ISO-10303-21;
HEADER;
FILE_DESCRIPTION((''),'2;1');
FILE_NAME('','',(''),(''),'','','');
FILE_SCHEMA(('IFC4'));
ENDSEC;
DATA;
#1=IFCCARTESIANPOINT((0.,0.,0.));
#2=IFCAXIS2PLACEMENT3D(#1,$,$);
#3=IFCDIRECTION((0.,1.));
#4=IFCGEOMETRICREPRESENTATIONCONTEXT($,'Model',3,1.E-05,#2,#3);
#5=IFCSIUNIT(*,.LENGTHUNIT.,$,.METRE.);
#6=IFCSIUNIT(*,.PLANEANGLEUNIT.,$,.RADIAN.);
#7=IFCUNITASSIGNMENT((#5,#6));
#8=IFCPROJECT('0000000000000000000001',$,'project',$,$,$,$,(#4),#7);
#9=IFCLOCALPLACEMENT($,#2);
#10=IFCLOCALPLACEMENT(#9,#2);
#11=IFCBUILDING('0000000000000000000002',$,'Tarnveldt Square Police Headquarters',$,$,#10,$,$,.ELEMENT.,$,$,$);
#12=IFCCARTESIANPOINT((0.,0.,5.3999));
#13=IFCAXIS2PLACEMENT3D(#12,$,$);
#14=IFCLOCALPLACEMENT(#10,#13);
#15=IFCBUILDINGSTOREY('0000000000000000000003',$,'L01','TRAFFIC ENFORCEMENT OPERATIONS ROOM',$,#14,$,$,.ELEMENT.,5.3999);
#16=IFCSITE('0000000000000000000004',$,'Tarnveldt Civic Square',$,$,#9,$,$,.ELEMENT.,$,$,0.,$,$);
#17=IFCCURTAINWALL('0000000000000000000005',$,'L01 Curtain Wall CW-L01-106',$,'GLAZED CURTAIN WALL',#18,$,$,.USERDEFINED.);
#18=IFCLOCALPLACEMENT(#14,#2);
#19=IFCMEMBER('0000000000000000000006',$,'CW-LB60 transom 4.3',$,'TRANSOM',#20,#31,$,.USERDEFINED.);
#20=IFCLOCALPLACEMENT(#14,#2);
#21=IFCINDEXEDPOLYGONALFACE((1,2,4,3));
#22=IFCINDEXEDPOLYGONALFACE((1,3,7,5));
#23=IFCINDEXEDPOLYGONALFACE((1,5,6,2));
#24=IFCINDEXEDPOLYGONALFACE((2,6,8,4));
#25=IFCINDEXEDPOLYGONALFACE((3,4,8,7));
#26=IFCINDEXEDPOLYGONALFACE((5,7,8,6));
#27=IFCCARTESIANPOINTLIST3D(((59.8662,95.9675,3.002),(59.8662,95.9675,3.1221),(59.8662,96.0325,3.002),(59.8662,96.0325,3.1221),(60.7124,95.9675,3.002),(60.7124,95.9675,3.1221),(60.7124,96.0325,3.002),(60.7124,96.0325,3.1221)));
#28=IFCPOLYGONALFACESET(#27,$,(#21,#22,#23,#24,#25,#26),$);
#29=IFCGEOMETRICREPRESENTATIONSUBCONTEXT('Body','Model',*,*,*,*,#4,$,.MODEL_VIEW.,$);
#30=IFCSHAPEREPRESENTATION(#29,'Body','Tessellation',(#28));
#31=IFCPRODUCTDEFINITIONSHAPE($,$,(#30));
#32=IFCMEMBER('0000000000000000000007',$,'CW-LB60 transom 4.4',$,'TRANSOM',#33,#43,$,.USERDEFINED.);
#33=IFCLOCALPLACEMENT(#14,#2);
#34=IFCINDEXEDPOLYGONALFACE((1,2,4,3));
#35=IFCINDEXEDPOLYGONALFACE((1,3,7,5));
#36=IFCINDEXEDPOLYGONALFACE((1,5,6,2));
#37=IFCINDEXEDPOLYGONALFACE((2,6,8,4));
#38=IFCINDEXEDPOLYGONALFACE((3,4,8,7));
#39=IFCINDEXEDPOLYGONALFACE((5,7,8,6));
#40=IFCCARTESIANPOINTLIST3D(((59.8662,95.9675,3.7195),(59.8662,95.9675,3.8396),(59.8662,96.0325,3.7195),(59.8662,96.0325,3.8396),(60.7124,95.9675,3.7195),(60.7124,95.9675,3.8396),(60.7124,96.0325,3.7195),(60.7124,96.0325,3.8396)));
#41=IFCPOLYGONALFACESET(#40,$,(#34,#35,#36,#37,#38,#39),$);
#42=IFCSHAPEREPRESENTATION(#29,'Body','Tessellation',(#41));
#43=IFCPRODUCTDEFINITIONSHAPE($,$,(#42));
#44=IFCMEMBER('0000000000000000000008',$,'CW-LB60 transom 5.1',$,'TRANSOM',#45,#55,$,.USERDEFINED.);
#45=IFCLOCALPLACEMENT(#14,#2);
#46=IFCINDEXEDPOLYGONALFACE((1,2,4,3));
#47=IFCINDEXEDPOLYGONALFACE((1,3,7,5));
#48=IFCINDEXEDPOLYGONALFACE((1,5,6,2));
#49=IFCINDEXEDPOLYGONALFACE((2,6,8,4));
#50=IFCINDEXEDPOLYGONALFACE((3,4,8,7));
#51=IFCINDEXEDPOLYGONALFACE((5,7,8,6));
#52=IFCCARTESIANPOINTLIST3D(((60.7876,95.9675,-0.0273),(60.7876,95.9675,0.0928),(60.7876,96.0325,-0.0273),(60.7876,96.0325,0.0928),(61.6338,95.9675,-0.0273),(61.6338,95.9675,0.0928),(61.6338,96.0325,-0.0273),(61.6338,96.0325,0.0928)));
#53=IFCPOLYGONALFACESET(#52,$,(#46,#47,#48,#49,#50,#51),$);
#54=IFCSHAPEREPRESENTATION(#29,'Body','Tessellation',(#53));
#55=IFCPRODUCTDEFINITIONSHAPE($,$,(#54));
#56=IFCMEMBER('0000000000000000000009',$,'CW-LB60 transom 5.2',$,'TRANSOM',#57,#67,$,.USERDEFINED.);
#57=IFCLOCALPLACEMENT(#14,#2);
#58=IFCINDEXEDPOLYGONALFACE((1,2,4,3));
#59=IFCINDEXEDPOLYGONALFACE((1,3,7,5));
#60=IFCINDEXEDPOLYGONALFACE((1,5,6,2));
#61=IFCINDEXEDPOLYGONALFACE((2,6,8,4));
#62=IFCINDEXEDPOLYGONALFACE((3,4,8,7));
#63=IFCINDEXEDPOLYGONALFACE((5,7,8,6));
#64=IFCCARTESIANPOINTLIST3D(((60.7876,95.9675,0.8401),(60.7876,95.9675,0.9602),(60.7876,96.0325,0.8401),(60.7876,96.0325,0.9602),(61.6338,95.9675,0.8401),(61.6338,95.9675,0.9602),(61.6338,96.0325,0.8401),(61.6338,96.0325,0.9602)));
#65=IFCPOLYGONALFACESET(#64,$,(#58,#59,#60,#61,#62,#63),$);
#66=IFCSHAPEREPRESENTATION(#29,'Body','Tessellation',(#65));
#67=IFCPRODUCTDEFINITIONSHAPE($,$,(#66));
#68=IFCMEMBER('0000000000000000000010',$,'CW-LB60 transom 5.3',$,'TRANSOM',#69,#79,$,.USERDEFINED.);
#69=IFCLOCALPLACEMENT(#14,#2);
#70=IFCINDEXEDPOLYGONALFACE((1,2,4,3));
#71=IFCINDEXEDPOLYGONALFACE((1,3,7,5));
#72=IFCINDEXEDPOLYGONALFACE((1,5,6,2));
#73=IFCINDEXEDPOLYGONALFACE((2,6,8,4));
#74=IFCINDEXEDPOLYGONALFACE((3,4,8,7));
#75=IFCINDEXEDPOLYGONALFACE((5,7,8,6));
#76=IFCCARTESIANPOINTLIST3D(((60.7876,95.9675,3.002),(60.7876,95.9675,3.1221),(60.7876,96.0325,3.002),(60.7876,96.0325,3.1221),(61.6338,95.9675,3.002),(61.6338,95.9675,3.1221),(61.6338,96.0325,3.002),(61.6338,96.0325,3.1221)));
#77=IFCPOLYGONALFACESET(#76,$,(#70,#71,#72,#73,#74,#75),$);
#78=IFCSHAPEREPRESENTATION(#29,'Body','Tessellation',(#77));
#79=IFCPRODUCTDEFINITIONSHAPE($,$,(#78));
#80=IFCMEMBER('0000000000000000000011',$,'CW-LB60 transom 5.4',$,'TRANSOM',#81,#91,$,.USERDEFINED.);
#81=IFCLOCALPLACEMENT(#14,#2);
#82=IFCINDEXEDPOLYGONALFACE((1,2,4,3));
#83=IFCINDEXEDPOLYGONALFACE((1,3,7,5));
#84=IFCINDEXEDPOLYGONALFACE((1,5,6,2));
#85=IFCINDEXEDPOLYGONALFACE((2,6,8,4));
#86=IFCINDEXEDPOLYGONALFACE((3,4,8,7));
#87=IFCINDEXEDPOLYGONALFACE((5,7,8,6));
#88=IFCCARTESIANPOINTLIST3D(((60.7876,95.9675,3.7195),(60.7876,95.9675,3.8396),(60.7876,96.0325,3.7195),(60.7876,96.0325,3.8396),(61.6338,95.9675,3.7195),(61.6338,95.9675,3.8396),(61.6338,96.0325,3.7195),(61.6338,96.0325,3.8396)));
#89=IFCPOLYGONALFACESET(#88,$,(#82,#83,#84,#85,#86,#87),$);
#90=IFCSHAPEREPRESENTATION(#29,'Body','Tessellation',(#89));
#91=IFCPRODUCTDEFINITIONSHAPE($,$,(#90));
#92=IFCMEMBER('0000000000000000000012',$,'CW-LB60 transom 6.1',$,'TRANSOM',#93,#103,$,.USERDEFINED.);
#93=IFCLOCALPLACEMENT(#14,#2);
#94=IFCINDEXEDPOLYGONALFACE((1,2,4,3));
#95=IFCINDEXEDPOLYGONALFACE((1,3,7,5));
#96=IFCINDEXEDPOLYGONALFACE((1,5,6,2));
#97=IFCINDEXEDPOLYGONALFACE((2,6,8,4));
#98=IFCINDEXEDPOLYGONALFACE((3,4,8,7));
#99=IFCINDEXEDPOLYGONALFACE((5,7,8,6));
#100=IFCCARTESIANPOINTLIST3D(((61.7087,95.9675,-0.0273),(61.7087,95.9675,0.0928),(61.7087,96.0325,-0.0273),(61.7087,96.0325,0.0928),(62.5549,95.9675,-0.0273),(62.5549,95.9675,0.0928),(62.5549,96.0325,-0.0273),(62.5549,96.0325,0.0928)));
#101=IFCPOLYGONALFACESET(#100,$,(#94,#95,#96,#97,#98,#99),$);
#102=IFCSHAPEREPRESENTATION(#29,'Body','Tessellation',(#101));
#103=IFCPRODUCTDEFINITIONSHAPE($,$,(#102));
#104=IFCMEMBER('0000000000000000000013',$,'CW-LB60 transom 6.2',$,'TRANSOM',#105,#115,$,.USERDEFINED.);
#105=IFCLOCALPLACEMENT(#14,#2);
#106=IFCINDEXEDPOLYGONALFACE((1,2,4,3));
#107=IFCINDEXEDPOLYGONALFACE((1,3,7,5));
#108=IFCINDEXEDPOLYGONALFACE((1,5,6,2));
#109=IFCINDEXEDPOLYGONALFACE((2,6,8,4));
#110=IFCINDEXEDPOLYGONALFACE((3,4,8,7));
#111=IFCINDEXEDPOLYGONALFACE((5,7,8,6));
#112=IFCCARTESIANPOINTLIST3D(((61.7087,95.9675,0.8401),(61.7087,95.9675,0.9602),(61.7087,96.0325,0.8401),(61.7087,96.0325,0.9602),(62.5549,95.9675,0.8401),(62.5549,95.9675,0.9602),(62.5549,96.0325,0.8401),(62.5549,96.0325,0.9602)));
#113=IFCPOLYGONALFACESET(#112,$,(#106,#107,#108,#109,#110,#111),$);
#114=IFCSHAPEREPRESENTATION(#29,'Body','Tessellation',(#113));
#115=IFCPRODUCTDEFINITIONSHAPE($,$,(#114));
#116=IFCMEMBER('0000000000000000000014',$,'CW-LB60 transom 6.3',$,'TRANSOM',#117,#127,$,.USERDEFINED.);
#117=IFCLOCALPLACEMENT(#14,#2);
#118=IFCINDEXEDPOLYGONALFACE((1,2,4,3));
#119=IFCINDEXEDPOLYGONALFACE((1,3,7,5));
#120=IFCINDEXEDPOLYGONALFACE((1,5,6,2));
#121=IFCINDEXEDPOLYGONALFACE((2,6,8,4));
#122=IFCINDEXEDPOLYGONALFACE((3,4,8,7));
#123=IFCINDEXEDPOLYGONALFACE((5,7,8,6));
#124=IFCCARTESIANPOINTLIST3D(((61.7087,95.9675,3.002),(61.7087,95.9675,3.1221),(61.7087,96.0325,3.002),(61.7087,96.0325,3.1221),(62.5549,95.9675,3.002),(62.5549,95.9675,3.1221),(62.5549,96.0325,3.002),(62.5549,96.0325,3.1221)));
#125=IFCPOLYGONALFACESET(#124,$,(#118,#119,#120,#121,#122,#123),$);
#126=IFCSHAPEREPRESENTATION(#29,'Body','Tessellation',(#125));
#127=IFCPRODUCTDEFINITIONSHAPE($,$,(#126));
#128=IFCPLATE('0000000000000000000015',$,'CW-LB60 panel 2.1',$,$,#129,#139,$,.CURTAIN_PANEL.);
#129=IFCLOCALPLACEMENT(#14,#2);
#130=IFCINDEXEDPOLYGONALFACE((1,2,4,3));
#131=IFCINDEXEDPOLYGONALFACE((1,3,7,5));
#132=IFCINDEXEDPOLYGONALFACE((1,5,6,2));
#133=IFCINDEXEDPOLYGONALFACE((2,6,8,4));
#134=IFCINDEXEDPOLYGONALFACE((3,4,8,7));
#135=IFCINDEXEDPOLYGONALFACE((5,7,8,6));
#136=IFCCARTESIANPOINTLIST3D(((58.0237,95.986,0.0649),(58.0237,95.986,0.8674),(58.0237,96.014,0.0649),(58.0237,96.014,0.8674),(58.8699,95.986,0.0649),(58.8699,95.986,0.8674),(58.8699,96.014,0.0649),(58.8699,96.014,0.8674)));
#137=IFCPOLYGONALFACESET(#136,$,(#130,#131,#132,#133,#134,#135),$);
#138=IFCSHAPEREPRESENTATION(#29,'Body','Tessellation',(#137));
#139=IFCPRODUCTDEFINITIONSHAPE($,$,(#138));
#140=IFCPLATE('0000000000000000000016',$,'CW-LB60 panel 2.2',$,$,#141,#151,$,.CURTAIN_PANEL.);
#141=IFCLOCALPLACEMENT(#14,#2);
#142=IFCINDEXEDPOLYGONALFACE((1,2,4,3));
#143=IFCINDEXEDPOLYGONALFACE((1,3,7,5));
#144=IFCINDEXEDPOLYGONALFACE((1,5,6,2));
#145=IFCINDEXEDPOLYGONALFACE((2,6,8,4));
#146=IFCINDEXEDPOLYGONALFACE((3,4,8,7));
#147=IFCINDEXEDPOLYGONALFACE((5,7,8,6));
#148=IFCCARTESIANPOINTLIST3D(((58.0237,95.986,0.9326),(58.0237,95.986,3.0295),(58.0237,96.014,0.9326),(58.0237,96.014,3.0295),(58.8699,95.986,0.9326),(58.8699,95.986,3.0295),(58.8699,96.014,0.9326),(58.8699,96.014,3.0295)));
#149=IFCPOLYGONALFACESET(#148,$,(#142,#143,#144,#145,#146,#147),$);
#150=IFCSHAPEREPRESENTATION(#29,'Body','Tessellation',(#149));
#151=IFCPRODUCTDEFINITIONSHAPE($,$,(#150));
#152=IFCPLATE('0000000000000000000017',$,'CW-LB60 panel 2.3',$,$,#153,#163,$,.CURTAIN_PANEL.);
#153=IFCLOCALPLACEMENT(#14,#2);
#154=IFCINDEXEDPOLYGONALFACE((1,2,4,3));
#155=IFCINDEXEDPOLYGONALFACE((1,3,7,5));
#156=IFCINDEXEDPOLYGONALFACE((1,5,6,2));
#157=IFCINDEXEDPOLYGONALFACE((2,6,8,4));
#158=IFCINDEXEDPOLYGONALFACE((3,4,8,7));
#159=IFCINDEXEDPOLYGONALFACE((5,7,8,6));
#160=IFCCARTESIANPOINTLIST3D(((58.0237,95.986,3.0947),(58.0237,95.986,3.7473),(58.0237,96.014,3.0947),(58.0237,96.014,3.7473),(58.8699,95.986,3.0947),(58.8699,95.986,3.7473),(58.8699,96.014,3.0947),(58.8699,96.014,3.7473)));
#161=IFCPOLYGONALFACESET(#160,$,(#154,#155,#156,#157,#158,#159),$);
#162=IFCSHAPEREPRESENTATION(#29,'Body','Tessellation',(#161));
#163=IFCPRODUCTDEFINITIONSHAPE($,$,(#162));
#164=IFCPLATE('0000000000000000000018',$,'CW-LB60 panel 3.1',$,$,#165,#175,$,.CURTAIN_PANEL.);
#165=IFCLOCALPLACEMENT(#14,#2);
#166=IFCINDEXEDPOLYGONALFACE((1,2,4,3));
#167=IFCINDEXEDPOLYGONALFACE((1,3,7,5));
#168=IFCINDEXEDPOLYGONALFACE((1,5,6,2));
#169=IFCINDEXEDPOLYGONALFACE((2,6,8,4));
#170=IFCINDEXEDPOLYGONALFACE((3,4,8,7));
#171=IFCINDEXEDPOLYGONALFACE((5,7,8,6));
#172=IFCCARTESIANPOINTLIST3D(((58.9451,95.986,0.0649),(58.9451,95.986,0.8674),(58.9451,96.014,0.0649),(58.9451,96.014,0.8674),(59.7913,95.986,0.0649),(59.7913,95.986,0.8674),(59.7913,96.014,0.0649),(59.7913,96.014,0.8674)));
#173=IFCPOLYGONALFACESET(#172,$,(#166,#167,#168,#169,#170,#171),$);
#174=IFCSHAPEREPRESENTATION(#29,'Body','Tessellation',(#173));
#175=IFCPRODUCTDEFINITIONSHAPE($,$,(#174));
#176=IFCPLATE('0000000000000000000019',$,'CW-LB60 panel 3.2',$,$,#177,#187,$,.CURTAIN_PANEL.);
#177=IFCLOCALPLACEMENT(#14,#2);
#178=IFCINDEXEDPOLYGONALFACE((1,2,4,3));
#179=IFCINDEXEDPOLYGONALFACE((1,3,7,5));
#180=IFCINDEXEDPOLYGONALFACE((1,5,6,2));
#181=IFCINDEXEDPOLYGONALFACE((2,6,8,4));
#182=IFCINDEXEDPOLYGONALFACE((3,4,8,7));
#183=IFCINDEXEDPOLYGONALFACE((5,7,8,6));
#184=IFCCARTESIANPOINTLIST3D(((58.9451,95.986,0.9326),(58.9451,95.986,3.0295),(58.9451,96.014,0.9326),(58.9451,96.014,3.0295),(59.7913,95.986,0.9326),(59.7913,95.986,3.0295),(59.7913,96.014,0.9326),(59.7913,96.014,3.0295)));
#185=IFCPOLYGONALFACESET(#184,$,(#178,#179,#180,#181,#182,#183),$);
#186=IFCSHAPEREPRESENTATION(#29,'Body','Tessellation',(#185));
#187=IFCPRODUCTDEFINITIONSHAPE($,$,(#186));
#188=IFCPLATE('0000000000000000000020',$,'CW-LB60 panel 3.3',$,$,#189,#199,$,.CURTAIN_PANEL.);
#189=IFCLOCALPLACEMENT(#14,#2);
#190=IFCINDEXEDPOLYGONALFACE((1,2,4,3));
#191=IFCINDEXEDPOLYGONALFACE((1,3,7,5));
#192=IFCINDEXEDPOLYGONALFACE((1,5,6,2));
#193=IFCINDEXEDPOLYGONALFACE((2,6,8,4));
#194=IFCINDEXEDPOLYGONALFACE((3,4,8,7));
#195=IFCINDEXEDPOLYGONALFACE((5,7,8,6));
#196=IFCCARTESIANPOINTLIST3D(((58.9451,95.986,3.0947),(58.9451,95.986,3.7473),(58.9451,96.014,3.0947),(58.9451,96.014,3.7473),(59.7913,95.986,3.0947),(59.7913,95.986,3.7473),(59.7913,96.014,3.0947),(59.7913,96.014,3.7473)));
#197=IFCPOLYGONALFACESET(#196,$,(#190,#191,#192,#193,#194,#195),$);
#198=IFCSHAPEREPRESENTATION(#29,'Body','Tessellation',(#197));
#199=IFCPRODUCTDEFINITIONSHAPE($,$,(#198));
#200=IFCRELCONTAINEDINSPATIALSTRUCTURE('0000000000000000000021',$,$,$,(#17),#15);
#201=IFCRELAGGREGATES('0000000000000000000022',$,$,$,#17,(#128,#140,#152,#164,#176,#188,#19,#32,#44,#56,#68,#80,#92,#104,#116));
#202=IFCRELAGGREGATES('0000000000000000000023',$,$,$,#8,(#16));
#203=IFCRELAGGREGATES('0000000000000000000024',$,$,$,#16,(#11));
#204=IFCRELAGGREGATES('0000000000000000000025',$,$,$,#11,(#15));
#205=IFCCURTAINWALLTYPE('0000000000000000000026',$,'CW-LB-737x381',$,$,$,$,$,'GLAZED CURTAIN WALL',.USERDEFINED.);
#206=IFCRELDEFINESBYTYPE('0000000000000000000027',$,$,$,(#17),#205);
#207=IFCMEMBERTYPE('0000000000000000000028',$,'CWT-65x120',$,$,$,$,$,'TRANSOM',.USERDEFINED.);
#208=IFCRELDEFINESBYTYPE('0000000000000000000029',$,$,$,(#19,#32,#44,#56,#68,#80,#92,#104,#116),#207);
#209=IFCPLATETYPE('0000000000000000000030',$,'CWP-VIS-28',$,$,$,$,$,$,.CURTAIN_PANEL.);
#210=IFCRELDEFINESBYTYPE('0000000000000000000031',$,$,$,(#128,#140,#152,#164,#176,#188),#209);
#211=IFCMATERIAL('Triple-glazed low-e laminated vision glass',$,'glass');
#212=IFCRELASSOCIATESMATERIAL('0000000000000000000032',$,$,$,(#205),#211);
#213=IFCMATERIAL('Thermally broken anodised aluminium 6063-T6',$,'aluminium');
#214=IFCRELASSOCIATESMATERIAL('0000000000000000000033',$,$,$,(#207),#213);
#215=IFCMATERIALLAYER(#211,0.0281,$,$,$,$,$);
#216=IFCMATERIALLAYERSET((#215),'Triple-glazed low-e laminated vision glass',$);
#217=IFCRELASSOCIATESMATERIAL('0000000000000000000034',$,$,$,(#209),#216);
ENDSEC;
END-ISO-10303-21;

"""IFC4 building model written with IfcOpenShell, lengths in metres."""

from ifc_helpers import new_model, si_unit, direction, frame, origin, origin_2d, place, context, subcontext, project, spatial, rectangle, extrude, material, layer, layer_set, material_profile, profile_set, type_object, element, aggregate, save


model = new_model("IFC4")

# Units and contexts
model_context = context("Model", 3, precision=1e-05, world=origin(), true_north=direction((0.0, 1.0)))
body_context = subcontext(model_context, "Body", "Model", "MODEL_VIEW")
ifc_project = project(units=[si_unit("LENGTHUNIT", "METRE"), si_unit("PLANEANGLEUNIT", "RADIAN")], contexts=[model_context])

# Site, building, storey
site_placement = place(None, origin())
site = spatial("IfcSite", under=ifc_project, at=site_placement, Name="Tarnveldt Civic Square", CompositionType="ELEMENT", RefElevation=0.0)
building_placement = place(site_placement, origin())
building = spatial("IfcBuilding", under=site, at=building_placement, Name="Tarnveldt Square Police Headquarters", CompositionType="ELEMENT")
storey_placement = place(building_placement, frame((0.0, 0.0, 5.3999)))
storey = spatial("IfcBuildingStorey", under=building, at=storey_placement, Name="L01", Description="TRAFFIC ENFORCEMENT OPERATIONS ROOM", CompositionType="ELEMENT", Elevation=5.3999)

# Curtain wall, members, plates
ifc_material_1 = material(Name="Triple-glazed low-e laminated vision glass", Category="glass")
curtain_wall_type = type_object("IfcCurtainWallType", Name="CW-LB-737x381", ElementType="GLAZED CURTAIN WALL", PredefinedType="USERDEFINED", material=ifc_material_1)
curtain_wall_placement = place(storey_placement, origin())
curtain_wall = element("IfcCurtainWall", 1, at=curtain_wall_placement, inside=storey, type_object=curtain_wall_type, Name="L01 Curtain Wall CW-L01-106", ObjectType="GLAZED CURTAIN WALL", PredefinedType="USERDEFINED")
ifc_material_2 = material(Name="Thermally broken anodised aluminium 6063-T6", Category="aluminium")
ifc_material_profile_1 = material_profile(ifc_material_2, rectangle(XDim=0.0649, YDim=0.1201, at=origin_2d()), Name="CW-T65x120")
ifc_profile_set_1 = profile_set([ifc_material_profile_1], Name="Thermally broken anodised aluminium 6063-T6")
member_type_1 = type_object("IfcMemberType", Name="CWT-65x120", ElementType="TRANSOM", PredefinedType="USERDEFINED", material=ifc_profile_set_1)
member_1_placement = place(storey_placement, frame((59.8662, 96.0, 3.062), z_axis=(1.0, 0.0, 0.0), x_axis=(0.0, 1.0, 0.0)))
member_1 = element("IfcMember", 2, at=member_1_placement, type_object=member_type_1, Name="CW-LB60 transom 4.3", ObjectType="TRANSOM", PredefinedType="USERDEFINED", context=body_context, shape_type="SweptSolid", body=[
    extrude(rectangle(XDim=0.0649, YDim=0.1201, at=origin_2d()), origin(), (0.0, 0.0, 1.0), 0.8462),
])
member_2_placement = place(storey_placement, frame((59.8662, 96.0, 3.7795), z_axis=(1.0, 0.0, 0.0), x_axis=(0.0, 1.0, 0.0)))
member_2 = element("IfcMember", 3, at=member_2_placement, type_object=member_type_1, Name="CW-LB60 transom 4.4", ObjectType="TRANSOM", PredefinedType="USERDEFINED", context=body_context, shape_type="SweptSolid", body=[
    extrude(rectangle(XDim=0.0649, YDim=0.1201, at=origin_2d()), origin(), (0.0, 0.0, 1.0), 0.8462),
])
member_3_placement = place(storey_placement, frame((60.7876, 96.0, 0.0327), z_axis=(1.0, 0.0, 0.0), x_axis=(0.0, 1.0, 0.0)))
member_3 = element("IfcMember", 4, at=member_3_placement, type_object=member_type_1, Name="CW-LB60 transom 5.1", ObjectType="TRANSOM", PredefinedType="USERDEFINED", context=body_context, shape_type="SweptSolid", body=[
    extrude(rectangle(XDim=0.0649, YDim=0.1201, at=origin_2d()), origin(), (0.0, 0.0, 1.0), 0.8462),
])
member_4_placement = place(storey_placement, frame((60.7876, 96.0, 0.9001), z_axis=(1.0, 0.0, 0.0), x_axis=(0.0, 1.0, 0.0)))
member_4 = element("IfcMember", 5, at=member_4_placement, type_object=member_type_1, Name="CW-LB60 transom 5.2", ObjectType="TRANSOM", PredefinedType="USERDEFINED", context=body_context, shape_type="SweptSolid", body=[
    extrude(rectangle(XDim=0.0649, YDim=0.1201, at=origin_2d()), origin(), (0.0, 0.0, 1.0), 0.8462),
])
member_5_placement = place(storey_placement, frame((60.7876, 96.0, 3.062), z_axis=(1.0, 0.0, 0.0), x_axis=(0.0, 1.0, 0.0)))
member_5 = element("IfcMember", 6, at=member_5_placement, type_object=member_type_1, Name="CW-LB60 transom 5.3", ObjectType="TRANSOM", PredefinedType="USERDEFINED", context=body_context, shape_type="SweptSolid", body=[
    extrude(rectangle(XDim=0.0649, YDim=0.1201, at=origin_2d()), origin(), (0.0, 0.0, 1.0), 0.8462),
])
member_6_placement = place(storey_placement, frame((60.7876, 96.0, 3.7795), z_axis=(1.0, 0.0, 0.0), x_axis=(0.0, 1.0, 0.0)))
member_6 = element("IfcMember", 7, at=member_6_placement, type_object=member_type_1, Name="CW-LB60 transom 5.4", ObjectType="TRANSOM", PredefinedType="USERDEFINED", context=body_context, shape_type="SweptSolid", body=[
    extrude(rectangle(XDim=0.0649, YDim=0.1201, at=origin_2d()), origin(), (0.0, 0.0, 1.0), 0.8462),
])
member_7_placement = place(storey_placement, frame((61.7087, 96.0, 0.0327), z_axis=(1.0, 0.0, 0.0), x_axis=(0.0, 1.0, 0.0)))
member_7 = element("IfcMember", 8, at=member_7_placement, type_object=member_type_1, Name="CW-LB60 transom 6.1", ObjectType="TRANSOM", PredefinedType="USERDEFINED", context=body_context, shape_type="SweptSolid", body=[
    extrude(rectangle(XDim=0.0649, YDim=0.1201, at=origin_2d()), origin(), (0.0, 0.0, 1.0), 0.8462),
])
member_8_placement = place(storey_placement, frame((61.7087, 96.0, 0.9001), z_axis=(1.0, 0.0, 0.0), x_axis=(0.0, 1.0, 0.0)))
member_8 = element("IfcMember", 9, at=member_8_placement, type_object=member_type_1, Name="CW-LB60 transom 6.2", ObjectType="TRANSOM", PredefinedType="USERDEFINED", context=body_context, shape_type="SweptSolid", body=[
    extrude(rectangle(XDim=0.0649, YDim=0.1201, at=origin_2d()), origin(), (0.0, 0.0, 1.0), 0.8462),
])
member_9_placement = place(storey_placement, frame((61.7087, 96.0, 3.062), z_axis=(1.0, 0.0, 0.0), x_axis=(0.0, 1.0, 0.0)))
member_9 = element("IfcMember", 10, at=member_9_placement, type_object=member_type_1, Name="CW-LB60 transom 6.3", ObjectType="TRANSOM", PredefinedType="USERDEFINED", context=body_context, shape_type="SweptSolid", body=[
    extrude(rectangle(XDim=0.0649, YDim=0.1201, at=origin_2d()), origin(), (0.0, 0.0, 1.0), 0.8462),
])
ifc_layer = layer(ifc_material_1, 0.0281)
ifc_layer_set = layer_set([ifc_layer], Name="Triple-glazed low-e laminated vision glass")
plate_type = type_object("IfcPlateType", Name="CWP-VIS-28", PredefinedType="CURTAIN_PANEL", material=ifc_layer_set)
plate_1_placement = place(storey_placement, frame((58.4468, 96.0, 0.0649), z_axis=(0.0, 0.0, 1.0), x_axis=(1.0, 0.0, 0.0)))
plate_1 = element("IfcPlate", 11, at=plate_1_placement, type_object=plate_type, Name="CW-LB60 panel 2.1", PredefinedType="CURTAIN_PANEL", context=body_context, shape_type="SweptSolid", body=[
    extrude(rectangle(XDim=0.8462, YDim=0.0281, at=origin_2d()), origin(), (0.0, 0.0, 1.0), 0.8025),
])
plate_2_placement = place(storey_placement, frame((58.4468, 96.0, 0.9326), z_axis=(0.0, 0.0, 1.0), x_axis=(1.0, 0.0, 0.0)))
plate_2 = element("IfcPlate", 12, at=plate_2_placement, type_object=plate_type, Name="CW-LB60 panel 2.2", PredefinedType="CURTAIN_PANEL", context=body_context, shape_type="SweptSolid", body=[
    extrude(rectangle(XDim=0.8462, YDim=0.0281, at=origin_2d()), origin(), (0.0, 0.0, 1.0), 2.0969),
])
plate_3_placement = place(storey_placement, frame((58.4468, 96.0, 3.0947), z_axis=(0.0, 0.0, 1.0), x_axis=(1.0, 0.0, 0.0)))
plate_3 = element("IfcPlate", 13, at=plate_3_placement, type_object=plate_type, Name="CW-LB60 panel 2.3", PredefinedType="CURTAIN_PANEL", context=body_context, shape_type="SweptSolid", body=[
    extrude(rectangle(XDim=0.8462, YDim=0.0281, at=origin_2d()), origin(), (0.0, 0.0, 1.0), 0.6526),
])
plate_4_placement = place(storey_placement, frame((59.3682, 96.0, 0.0649), z_axis=(0.0, 0.0, 1.0), x_axis=(1.0, 0.0, 0.0)))
plate_4 = element("IfcPlate", 14, at=plate_4_placement, type_object=plate_type, Name="CW-LB60 panel 3.1", PredefinedType="CURTAIN_PANEL", context=body_context, shape_type="SweptSolid", body=[
    extrude(rectangle(XDim=0.8462, YDim=0.0281, at=origin_2d()), origin(), (0.0, 0.0, 1.0), 0.8025),
])
plate_5_placement = place(storey_placement, frame((59.3682, 96.0, 0.9326), z_axis=(0.0, 0.0, 1.0), x_axis=(1.0, 0.0, 0.0)))
plate_5 = element("IfcPlate", 15, at=plate_5_placement, type_object=plate_type, Name="CW-LB60 panel 3.2", PredefinedType="CURTAIN_PANEL", context=body_context, shape_type="SweptSolid", body=[
    extrude(rectangle(XDim=0.8462, YDim=0.0281, at=origin_2d()), origin(), (0.0, 0.0, 1.0), 2.0969),
])
plate_6_placement = place(storey_placement, frame((59.3682, 96.0, 3.0947), z_axis=(0.0, 0.0, 1.0), x_axis=(1.0, 0.0, 0.0)))
plate_6 = element("IfcPlate", 16, at=plate_6_placement, type_object=plate_type, Name="CW-LB60 panel 3.3", PredefinedType="CURTAIN_PANEL", context=body_context, shape_type="SweptSolid", body=[
    extrude(rectangle(XDim=0.8462, YDim=0.0281, at=origin_2d()), origin(), (0.0, 0.0, 1.0), 0.6526),
])
aggregate(curtain_wall, [plate_1, plate_2, plate_3, plate_4, plate_5, plate_6, member_1, member_2, member_3, member_4, member_5, member_6, member_7, member_8, member_9])

save(model, "model.ifc")
